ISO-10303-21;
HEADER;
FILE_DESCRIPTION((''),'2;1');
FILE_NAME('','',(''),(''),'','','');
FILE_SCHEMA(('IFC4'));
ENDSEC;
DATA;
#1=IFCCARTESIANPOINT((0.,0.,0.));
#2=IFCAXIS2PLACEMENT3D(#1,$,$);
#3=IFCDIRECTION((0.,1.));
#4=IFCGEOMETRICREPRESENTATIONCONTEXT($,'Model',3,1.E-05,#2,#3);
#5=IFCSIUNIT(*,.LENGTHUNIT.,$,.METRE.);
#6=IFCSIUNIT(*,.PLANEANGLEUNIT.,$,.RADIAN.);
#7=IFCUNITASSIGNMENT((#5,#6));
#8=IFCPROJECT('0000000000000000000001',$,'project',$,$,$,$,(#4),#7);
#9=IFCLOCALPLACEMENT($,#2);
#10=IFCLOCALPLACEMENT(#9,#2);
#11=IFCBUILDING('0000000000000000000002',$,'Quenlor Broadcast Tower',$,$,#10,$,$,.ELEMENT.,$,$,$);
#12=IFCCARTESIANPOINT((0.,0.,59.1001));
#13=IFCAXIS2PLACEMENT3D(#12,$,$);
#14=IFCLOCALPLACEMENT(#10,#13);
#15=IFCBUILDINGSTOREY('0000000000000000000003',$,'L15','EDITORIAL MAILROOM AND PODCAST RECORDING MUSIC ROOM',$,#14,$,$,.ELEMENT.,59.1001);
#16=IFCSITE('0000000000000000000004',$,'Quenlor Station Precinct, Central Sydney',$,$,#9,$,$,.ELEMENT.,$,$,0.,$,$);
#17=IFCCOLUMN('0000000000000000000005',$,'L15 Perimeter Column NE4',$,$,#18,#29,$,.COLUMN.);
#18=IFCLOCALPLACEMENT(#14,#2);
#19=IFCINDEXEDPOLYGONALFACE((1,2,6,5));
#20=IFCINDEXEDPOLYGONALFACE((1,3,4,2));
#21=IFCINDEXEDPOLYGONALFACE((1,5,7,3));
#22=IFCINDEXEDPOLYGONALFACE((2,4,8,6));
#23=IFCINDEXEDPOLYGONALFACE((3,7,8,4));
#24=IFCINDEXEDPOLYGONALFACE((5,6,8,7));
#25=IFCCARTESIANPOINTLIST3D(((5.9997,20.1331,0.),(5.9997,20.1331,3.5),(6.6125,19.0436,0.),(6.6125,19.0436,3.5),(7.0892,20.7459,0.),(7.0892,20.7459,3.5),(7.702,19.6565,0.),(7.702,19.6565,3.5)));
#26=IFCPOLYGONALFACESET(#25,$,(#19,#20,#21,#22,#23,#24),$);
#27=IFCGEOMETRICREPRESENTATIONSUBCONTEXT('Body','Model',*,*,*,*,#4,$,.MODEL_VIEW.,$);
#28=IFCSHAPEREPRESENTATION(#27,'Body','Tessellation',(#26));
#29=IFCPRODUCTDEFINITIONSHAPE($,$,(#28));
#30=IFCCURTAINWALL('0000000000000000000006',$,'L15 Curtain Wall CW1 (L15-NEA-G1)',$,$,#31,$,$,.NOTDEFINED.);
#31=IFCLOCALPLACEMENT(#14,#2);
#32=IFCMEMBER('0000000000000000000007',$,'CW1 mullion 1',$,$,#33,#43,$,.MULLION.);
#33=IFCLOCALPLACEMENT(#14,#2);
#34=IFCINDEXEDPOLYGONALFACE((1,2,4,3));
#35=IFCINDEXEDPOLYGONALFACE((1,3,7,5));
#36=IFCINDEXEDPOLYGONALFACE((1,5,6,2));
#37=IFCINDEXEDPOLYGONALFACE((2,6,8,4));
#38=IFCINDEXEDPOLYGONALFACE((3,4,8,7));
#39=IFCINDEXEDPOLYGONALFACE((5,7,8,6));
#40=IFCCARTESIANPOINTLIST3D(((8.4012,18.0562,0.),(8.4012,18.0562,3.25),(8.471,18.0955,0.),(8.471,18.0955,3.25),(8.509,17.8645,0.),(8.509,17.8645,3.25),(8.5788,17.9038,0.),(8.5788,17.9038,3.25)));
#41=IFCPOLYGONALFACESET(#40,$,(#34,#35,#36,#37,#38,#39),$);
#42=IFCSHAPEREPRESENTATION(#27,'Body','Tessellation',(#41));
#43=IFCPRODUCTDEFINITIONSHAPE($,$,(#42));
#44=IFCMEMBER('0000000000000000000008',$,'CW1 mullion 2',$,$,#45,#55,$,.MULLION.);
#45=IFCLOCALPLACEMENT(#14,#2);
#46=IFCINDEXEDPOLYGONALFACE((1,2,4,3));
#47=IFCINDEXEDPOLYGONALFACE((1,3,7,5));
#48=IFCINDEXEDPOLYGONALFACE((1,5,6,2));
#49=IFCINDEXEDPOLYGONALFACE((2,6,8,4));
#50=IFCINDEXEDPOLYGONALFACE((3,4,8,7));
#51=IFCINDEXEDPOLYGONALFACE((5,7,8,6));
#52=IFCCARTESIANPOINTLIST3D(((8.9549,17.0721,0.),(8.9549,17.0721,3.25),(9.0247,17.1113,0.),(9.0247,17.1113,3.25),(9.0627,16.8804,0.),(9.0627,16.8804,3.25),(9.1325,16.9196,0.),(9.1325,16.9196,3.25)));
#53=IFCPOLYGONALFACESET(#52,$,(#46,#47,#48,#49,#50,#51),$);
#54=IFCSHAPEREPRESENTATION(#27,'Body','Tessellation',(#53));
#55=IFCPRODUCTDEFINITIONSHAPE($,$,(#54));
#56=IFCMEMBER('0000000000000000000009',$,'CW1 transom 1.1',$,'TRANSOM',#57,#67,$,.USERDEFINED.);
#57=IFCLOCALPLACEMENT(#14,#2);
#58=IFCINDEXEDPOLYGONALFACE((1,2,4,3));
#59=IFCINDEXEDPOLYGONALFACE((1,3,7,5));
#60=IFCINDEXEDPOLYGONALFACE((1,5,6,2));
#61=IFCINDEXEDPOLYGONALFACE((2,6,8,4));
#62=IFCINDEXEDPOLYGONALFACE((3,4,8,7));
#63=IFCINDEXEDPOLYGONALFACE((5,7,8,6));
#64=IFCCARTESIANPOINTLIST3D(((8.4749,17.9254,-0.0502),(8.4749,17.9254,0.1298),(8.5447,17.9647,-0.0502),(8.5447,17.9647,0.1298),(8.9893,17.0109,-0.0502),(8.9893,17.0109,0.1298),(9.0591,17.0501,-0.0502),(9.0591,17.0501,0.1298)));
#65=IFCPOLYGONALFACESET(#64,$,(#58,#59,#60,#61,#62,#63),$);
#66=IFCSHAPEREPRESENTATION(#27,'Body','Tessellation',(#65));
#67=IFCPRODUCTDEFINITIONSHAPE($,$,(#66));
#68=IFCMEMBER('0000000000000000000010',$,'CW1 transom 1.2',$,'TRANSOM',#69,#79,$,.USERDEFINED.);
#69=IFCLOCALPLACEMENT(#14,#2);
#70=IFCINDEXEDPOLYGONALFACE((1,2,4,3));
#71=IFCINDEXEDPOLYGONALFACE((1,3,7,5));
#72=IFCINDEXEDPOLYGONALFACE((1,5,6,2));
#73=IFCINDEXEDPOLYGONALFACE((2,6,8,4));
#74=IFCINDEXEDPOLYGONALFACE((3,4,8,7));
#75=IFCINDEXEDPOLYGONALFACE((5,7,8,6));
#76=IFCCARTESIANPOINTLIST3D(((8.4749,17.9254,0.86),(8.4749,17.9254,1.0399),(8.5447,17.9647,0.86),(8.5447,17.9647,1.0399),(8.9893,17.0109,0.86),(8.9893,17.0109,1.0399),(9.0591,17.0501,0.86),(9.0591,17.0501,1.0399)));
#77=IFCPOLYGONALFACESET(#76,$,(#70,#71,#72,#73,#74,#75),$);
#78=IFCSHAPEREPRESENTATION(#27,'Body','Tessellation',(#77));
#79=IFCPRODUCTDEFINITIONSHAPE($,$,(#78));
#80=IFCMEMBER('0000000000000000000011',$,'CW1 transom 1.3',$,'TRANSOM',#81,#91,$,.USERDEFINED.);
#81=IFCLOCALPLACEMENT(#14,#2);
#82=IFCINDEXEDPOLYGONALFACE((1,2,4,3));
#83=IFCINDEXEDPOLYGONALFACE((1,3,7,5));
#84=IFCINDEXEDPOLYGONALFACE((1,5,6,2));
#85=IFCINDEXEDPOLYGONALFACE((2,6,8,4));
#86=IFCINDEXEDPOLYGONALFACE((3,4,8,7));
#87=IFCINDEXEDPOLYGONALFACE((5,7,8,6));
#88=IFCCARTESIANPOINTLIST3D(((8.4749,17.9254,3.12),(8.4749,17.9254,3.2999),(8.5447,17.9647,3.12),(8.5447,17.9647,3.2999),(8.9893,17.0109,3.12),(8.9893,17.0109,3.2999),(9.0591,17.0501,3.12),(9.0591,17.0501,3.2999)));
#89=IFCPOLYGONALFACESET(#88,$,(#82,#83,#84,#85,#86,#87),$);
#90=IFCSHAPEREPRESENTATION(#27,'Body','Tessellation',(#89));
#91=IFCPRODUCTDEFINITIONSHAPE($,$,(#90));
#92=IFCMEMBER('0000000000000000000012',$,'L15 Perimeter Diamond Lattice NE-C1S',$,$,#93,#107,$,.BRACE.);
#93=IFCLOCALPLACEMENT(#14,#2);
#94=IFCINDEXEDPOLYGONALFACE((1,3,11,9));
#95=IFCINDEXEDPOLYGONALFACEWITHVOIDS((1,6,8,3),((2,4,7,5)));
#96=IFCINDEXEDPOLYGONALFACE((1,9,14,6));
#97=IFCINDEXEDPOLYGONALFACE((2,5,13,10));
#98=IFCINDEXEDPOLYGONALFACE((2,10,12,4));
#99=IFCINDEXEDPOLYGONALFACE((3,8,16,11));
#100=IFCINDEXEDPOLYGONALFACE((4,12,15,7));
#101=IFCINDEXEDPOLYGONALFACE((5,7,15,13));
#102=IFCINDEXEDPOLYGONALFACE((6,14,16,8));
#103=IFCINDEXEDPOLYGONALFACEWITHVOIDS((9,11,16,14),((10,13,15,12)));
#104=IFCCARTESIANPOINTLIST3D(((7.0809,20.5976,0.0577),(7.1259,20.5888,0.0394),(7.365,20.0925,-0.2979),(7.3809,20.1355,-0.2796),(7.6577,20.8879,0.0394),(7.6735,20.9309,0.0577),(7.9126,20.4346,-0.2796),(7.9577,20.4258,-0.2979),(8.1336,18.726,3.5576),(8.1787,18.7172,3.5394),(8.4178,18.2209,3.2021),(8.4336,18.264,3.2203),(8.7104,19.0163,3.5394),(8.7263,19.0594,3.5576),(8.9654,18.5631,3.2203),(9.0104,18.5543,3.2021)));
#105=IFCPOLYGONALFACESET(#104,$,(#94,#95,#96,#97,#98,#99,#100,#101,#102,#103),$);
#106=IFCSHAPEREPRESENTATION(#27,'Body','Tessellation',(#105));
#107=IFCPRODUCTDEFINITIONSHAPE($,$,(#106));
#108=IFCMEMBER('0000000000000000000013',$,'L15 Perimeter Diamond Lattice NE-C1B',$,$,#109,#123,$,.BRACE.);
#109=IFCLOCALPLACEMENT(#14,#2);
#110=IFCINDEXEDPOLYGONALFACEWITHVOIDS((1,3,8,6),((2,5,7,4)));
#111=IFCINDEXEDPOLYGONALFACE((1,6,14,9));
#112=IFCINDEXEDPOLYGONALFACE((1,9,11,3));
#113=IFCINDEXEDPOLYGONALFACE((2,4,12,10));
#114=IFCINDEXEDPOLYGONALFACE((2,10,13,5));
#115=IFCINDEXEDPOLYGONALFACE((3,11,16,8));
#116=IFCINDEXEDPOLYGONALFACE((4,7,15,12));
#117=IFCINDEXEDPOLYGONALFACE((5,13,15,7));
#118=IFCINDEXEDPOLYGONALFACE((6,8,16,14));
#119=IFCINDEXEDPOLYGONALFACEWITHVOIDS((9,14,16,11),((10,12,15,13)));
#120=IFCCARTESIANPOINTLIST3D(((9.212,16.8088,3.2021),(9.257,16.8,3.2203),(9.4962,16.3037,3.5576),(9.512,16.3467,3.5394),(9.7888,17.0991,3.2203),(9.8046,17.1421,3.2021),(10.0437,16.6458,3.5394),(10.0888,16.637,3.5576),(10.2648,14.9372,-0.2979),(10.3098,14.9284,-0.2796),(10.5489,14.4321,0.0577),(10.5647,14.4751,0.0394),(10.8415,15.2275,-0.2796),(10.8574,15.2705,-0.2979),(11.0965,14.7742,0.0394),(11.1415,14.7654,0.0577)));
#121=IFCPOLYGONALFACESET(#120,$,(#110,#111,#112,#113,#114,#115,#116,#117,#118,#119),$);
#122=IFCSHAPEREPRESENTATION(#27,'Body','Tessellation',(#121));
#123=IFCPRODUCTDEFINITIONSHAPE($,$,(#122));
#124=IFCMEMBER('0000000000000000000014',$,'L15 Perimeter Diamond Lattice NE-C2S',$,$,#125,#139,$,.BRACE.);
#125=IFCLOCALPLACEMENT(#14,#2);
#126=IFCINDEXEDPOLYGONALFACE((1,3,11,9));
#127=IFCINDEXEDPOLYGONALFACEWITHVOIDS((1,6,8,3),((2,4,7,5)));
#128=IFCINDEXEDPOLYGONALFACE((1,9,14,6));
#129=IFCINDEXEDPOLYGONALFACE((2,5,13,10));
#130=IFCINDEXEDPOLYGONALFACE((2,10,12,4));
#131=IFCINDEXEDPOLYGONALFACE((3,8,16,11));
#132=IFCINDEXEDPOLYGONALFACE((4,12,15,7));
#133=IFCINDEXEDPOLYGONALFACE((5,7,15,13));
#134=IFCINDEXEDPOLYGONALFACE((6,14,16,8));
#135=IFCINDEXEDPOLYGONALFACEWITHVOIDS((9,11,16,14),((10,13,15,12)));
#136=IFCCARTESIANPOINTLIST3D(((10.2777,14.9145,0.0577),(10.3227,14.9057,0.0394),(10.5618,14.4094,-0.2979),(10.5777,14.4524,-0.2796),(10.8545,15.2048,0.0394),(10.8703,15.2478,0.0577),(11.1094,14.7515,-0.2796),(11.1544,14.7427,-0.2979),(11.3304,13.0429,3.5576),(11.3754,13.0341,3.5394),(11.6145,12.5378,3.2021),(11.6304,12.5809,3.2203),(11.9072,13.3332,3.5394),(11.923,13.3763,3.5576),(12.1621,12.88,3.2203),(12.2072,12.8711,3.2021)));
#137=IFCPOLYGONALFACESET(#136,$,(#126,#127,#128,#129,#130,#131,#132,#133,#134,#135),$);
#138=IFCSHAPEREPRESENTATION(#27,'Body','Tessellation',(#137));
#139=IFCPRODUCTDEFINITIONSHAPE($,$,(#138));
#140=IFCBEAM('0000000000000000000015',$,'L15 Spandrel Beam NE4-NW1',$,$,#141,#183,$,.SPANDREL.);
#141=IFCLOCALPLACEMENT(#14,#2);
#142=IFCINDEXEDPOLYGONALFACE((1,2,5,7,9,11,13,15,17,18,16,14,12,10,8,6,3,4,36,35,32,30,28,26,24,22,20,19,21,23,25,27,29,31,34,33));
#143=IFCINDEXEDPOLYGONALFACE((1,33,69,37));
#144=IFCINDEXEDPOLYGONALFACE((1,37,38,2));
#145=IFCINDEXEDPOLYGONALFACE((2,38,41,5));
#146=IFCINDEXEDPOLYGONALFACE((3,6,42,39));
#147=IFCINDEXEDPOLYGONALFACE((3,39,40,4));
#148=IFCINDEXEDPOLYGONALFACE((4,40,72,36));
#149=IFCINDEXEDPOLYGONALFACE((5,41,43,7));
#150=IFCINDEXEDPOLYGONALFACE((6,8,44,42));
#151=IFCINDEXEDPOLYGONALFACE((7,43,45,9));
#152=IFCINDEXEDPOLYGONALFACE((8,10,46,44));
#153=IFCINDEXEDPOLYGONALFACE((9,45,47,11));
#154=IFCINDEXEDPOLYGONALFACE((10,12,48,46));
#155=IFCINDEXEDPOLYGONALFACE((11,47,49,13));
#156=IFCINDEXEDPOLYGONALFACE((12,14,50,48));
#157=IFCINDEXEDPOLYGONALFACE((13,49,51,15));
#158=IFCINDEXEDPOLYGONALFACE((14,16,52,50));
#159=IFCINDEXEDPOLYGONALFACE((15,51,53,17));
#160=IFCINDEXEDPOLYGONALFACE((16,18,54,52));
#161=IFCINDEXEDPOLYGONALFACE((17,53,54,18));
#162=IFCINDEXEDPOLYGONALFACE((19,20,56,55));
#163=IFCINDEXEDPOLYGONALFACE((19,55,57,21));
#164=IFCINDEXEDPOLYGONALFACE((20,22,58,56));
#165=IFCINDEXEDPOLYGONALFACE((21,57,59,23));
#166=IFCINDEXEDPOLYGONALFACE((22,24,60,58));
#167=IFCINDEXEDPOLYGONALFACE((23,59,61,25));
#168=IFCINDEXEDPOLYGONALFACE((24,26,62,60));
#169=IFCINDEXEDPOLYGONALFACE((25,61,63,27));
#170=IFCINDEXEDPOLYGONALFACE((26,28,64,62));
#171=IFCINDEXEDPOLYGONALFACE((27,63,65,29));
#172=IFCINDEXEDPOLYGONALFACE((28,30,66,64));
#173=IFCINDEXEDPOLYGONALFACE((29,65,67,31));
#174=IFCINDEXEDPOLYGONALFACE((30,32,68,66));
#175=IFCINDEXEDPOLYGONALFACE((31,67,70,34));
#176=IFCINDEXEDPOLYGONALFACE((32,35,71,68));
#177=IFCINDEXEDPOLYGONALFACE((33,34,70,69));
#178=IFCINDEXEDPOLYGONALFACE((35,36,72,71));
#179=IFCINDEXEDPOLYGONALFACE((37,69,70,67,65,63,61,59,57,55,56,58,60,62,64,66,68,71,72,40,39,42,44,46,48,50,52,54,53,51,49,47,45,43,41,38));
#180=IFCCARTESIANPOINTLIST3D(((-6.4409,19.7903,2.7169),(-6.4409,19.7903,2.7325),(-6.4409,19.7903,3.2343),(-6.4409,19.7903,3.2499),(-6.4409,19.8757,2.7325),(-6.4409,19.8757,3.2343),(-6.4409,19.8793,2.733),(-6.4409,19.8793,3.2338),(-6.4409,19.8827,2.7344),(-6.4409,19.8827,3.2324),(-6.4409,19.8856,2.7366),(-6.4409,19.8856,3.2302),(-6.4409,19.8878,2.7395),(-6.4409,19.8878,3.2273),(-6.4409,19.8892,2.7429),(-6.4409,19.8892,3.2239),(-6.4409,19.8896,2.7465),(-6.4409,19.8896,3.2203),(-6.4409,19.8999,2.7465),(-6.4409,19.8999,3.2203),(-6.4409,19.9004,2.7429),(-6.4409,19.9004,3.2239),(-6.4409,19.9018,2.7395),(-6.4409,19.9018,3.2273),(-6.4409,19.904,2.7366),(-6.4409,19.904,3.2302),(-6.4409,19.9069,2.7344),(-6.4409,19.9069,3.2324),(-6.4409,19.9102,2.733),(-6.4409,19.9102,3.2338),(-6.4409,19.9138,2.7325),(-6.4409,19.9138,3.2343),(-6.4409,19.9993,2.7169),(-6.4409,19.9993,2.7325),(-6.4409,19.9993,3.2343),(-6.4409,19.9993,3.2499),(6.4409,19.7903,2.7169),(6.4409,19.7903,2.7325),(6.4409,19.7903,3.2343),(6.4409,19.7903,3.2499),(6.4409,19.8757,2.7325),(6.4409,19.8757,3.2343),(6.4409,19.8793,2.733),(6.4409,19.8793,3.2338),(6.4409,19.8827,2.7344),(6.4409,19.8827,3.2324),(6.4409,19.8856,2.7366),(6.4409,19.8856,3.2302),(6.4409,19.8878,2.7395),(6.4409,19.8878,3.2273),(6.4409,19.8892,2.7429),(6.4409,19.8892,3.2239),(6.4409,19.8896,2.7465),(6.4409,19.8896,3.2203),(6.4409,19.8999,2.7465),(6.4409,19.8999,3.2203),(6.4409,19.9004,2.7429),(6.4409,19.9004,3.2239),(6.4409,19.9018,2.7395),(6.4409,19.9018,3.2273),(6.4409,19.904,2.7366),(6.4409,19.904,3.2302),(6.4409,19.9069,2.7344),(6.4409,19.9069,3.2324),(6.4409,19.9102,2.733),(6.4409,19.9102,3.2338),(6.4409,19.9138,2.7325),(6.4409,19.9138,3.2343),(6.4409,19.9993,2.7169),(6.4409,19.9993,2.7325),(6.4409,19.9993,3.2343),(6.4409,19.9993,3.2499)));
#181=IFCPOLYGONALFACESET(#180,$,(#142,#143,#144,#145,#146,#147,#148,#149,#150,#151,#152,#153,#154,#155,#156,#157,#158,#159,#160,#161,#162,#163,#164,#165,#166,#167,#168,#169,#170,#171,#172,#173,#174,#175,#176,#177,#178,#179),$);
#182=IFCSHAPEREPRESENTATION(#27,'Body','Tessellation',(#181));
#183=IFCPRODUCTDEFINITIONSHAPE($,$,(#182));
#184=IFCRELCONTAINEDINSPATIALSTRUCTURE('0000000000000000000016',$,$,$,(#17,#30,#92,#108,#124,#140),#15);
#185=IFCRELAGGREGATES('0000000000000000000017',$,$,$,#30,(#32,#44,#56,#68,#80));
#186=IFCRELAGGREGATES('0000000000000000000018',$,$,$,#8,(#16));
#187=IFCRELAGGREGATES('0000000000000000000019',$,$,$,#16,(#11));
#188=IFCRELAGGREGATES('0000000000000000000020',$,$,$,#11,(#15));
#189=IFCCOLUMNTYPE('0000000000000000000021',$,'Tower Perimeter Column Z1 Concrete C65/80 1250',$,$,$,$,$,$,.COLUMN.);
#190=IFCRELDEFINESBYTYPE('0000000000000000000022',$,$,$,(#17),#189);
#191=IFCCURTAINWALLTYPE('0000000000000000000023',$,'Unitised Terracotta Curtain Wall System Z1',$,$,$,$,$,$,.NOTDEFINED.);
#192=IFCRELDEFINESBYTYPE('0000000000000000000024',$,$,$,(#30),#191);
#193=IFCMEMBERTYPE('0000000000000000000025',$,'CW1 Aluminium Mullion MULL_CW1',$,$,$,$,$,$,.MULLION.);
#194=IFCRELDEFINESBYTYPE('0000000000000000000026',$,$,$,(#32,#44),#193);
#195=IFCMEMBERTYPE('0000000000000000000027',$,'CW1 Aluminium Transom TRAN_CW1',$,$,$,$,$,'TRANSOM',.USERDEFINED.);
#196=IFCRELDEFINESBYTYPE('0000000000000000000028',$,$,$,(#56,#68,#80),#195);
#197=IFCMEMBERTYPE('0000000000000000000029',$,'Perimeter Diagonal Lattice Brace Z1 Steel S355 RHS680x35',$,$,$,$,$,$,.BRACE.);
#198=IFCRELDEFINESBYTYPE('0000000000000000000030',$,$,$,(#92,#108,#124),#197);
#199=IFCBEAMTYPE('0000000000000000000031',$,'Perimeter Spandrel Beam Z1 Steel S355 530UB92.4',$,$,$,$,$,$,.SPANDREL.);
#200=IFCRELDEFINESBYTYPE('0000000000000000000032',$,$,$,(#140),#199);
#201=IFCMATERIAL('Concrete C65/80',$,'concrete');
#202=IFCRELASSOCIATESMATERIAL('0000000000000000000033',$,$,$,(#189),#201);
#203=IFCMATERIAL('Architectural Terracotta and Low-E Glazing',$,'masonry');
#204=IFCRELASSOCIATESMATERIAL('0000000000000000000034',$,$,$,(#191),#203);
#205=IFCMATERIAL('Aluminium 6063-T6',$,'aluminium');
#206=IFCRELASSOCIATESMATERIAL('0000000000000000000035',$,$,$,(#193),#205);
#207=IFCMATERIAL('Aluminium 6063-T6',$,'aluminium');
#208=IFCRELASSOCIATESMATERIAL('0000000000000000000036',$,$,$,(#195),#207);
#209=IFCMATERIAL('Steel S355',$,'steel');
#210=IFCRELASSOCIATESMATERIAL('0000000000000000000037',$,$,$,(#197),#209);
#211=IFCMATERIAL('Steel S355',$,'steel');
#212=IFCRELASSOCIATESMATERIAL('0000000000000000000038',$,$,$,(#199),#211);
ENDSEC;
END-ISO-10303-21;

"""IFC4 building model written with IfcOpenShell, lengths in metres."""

from ifc_helpers import new_model, si_unit, direction, frame, origin, origin_2d, place, context, subcontext, project, spatial, rectangle, hollow_rectangle, i_section, extrude, material, material_profile, profile_set, type_object, element, aggregate, save


model = new_model("IFC4")

# Units and contexts
model_context = context("Model", 3, precision=1e-05, world=origin(), true_north=direction((0.0, 1.0)))
body_context = subcontext(model_context, "Body", "Model", "MODEL_VIEW")
ifc_project = project(units=[si_unit("LENGTHUNIT", "METRE"), si_unit("PLANEANGLEUNIT", "RADIAN")], contexts=[model_context])

# Site, building, storey
site_placement = place(None, origin())
site = spatial("IfcSite", under=ifc_project, at=site_placement, Name="Quenlor Station Precinct, Central Sydney", CompositionType="ELEMENT", RefElevation=0.0)
building_placement = place(site_placement, origin())
building = spatial("IfcBuilding", under=site, at=building_placement, Name="Quenlor Broadcast Tower", CompositionType="ELEMENT")
storey_placement = place(building_placement, frame((0.0, 0.0, 59.1001)))
storey = spatial("IfcBuildingStorey", under=building, at=storey_placement, Name="L15", Description="EDITORIAL MAILROOM AND PODCAST RECORDING MUSIC ROOM", CompositionType="ELEMENT", Elevation=59.1001)

# Column
ifc_material_1 = material(Name="Concrete C65/80", Category="concrete")
ifc_material_profile_1 = material_profile(ifc_material_1, rectangle(XDim=1.25, YDim=1.25, at=origin_2d()))
ifc_profile_set_1 = profile_set([ifc_material_profile_1], Name="Concrete C65/80 RC1250x1250")
column_type = type_object("IfcColumnType", Name="Tower Perimeter Column Z1 Concrete C65/80 1250", PredefinedType="COLUMN", material=ifc_profile_set_1)
column_placement = place(storey_placement, frame((6.8508, 19.8948, 0.0), z_axis=(0.0, 0.0, 1.0), x_axis=(0.871575, 0.490262, 0.0)))
element("IfcColumn", 1, at=column_placement, inside=storey, type_object=column_type, Name="L15 Perimeter Column NE4", PredefinedType="COLUMN", context=body_context, shape_type="SweptSolid", body=[
    extrude(rectangle(XDim=1.25, YDim=1.25, at=origin_2d()), origin(), (0.0, 0.0, 1.0), 3.5),
])

# Curtain wall, members
ifc_material_2 = material(Name="Architectural Terracotta and Low-E Glazing", Category="masonry")
curtain_wall_type = type_object("IfcCurtainWallType", Name="Unitised Terracotta Curtain Wall System Z1", PredefinedType="NOTDEFINED", material=ifc_material_2)
curtain_wall_placement = place(storey_placement, origin())
curtain_wall = element("IfcCurtainWall", 2, at=curtain_wall_placement, inside=storey, type_object=curtain_wall_type, Name="L15 Curtain Wall CW1 (L15-NEA-G1)", PredefinedType="NOTDEFINED")
ifc_material_3 = material(Name="Aluminium 6063-T6", Category="aluminium")
ifc_material_profile_2 = material_profile(ifc_material_3, rectangle(XDim=0.0801, YDim=0.22, at=origin_2d()))
ifc_profile_set_2 = profile_set([ifc_material_profile_2], Name="Aluminium 6063-T6 MULL80x220")
member_type_1 = type_object("IfcMemberType", Name="CW1 Aluminium Mullion MULL_CW1", PredefinedType="MULLION", material=ifc_profile_set_2)
member_1_placement = place(storey_placement, frame((8.49, 17.98, 0.0), z_axis=(0.0, 0.0, 1.0), x_axis=(0.871567, 0.490277, 0.0)))
member_1 = element("IfcMember", 3, at=member_1_placement, type_object=member_type_1, Name="CW1 mullion 1", PredefinedType="MULLION", context=body_context, shape_type="SweptSolid", body=[
    extrude(rectangle(XDim=0.0801, YDim=0.22, at=origin_2d()), origin(), (0.0, 0.0, 1.0), 3.25),
])
member_2_placement = place(storey_placement, frame((9.0437, 16.9958, 0.0), z_axis=(0.0, 0.0, 1.0), x_axis=(0.871567, 0.490277, 0.0)))
member_2 = element("IfcMember", 4, at=member_2_placement, type_object=member_type_1, Name="CW1 mullion 2", PredefinedType="MULLION", context=body_context, shape_type="SweptSolid", body=[
    extrude(rectangle(XDim=0.0801, YDim=0.22, at=origin_2d()), origin(), (0.0, 0.0, 1.0), 3.25),
])
ifc_material_4 = material(Name="Aluminium 6063-T6", Category="aluminium")
ifc_material_profile_3 = material_profile(ifc_material_4, rectangle(XDim=0.0801, YDim=0.1799, at=origin_2d()))
ifc_profile_set_3 = profile_set([ifc_material_profile_3], Name="Aluminium 6063-T6 TRAN80x180")
member_type_2 = type_object("IfcMemberType", Name="CW1 Aluminium Transom TRAN_CW1", ElementType="TRANSOM", PredefinedType="USERDEFINED", material=ifc_profile_set_3)
member_3_placement = place(storey_placement, frame((8.5098, 17.9451, 0.0398), z_axis=(0.490239, -0.871588, 0.0), x_axis=(0.871588, 0.490239, 0.0)))
member_3 = element("IfcMember", 5, at=member_3_placement, type_object=member_type_2, Name="CW1 transom 1.1", ObjectType="TRANSOM", PredefinedType="USERDEFINED", context=body_context, shape_type="SweptSolid", body=[
    extrude(rectangle(XDim=0.0801, YDim=0.1799, at=origin_2d()), origin(), (0.0, 0.0, 1.0), 1.0493),
])
member_4_placement = place(storey_placement, frame((8.5098, 17.9451, 0.95), z_axis=(0.490239, -0.871588, 0.0), x_axis=(0.871588, 0.490239, 0.0)))
member_4 = element("IfcMember", 6, at=member_4_placement, type_object=member_type_2, Name="CW1 transom 1.2", ObjectType="TRANSOM", PredefinedType="USERDEFINED", context=body_context, shape_type="SweptSolid", body=[
    extrude(rectangle(XDim=0.0801, YDim=0.1799, at=origin_2d()), origin(), (0.0, 0.0, 1.0), 1.0493),
])
member_5_placement = place(storey_placement, frame((8.5098, 17.9451, 3.21), z_axis=(0.490239, -0.871588, 0.0), x_axis=(0.871588, 0.490239, 0.0)))
member_5 = element("IfcMember", 7, at=member_5_placement, type_object=member_type_2, Name="CW1 transom 1.3", ObjectType="TRANSOM", PredefinedType="USERDEFINED", context=body_context, shape_type="SweptSolid", body=[
    extrude(rectangle(XDim=0.0801, YDim=0.1799, at=origin_2d()), origin(), (0.0, 0.0, 1.0), 1.0493),
])

# Members
ifc_material_5 = material(Name="Steel S355", Category="steel")
ifc_material_profile_4 = material_profile(ifc_material_5, hollow_rectangle(XDim=0.6799, YDim=0.6799, WallThickness=0.0349, at=origin_2d()))
ifc_profile_set_4 = profile_set([ifc_material_profile_4], Name="Steel S355 RHS680x680x35")
member_type_3 = type_object("IfcMemberType", Name="Perimeter Diagonal Lattice Brace Z1 Steel S355 RHS680x35", PredefinedType="BRACE", material=ifc_profile_set_4)
for number, where, z_axis, x_axis, name in (
    (8, (7.5193, 20.5117, -0.1201), (0.256375, -0.455792, 0.852365), (0.871582, 0.49025, 0.0), "L15 Perimeter Diamond Lattice NE-C1S"),
    (9, (10.7031, 14.8513, -0.1201), (-0.256375, 0.455792, 0.852365), (-0.871582, -0.49025, 0.0), "L15 Perimeter Diamond Lattice NE-C1B"),
    (10, (10.7161, 14.8286, -0.1201), (0.256375, -0.455792, 0.852365), (0.871582, 0.49025, 0.0), "L15 Perimeter Diamond Lattice NE-C2S"),
):
    element("IfcMember", number, at=place(storey_placement, frame(where, z_axis=z_axis, x_axis=x_axis)), inside=storey, type_object=member_type_3, Name=name, PredefinedType="BRACE", context=body_context, shape_type="SweptSolid", body=[
        extrude(hollow_rectangle(XDim=0.6799, YDim=0.6799, WallThickness=0.0349, at=origin_2d()), origin(), (0.0, 0.0, 1.0), 4.1062),
    ])

# Beam
ifc_material_6 = material(Name="Steel S355", Category="steel")
ifc_material_profile_5 = material_profile(ifc_material_6, i_section(OverallWidth=0.209, OverallDepth=0.533, WebThickness=0.0103, FlangeThickness=0.0156, FilletRadius=0.0139, at=origin_2d()))
ifc_profile_set_5 = profile_set([ifc_material_profile_5], Name="Steel S355 530UB92.4")
beam_type_1 = type_object("IfcBeamType", Name="Perimeter Spandrel Beam Z1 Steel S355 530UB92.4", PredefinedType="SPANDREL", material=ifc_profile_set_5)
beam_1_placement = place(storey_placement, frame((6.4409, 19.8948, 2.9834), z_axis=(-1.0, 0.0, 0.0), x_axis=(0.0, -1.0, 0.0)))
element("IfcBeam", 11, at=beam_1_placement, inside=storey, type_object=beam_type_1, Name="L15 Spandrel Beam NE4-NW1", PredefinedType="SPANDREL", context=body_context, shape_type="SweptSolid", body=[
    extrude(i_section(OverallWidth=0.209, OverallDepth=0.533, WebThickness=0.0103, FlangeThickness=0.0156, FilletRadius=0.0139, at=origin_2d()), origin(), (0.0, 0.0, 1.0), 12.8818),
])

aggregate(curtain_wall, [member_1, member_2, member_3, member_4, member_5])

save(model, "model.ifc")
